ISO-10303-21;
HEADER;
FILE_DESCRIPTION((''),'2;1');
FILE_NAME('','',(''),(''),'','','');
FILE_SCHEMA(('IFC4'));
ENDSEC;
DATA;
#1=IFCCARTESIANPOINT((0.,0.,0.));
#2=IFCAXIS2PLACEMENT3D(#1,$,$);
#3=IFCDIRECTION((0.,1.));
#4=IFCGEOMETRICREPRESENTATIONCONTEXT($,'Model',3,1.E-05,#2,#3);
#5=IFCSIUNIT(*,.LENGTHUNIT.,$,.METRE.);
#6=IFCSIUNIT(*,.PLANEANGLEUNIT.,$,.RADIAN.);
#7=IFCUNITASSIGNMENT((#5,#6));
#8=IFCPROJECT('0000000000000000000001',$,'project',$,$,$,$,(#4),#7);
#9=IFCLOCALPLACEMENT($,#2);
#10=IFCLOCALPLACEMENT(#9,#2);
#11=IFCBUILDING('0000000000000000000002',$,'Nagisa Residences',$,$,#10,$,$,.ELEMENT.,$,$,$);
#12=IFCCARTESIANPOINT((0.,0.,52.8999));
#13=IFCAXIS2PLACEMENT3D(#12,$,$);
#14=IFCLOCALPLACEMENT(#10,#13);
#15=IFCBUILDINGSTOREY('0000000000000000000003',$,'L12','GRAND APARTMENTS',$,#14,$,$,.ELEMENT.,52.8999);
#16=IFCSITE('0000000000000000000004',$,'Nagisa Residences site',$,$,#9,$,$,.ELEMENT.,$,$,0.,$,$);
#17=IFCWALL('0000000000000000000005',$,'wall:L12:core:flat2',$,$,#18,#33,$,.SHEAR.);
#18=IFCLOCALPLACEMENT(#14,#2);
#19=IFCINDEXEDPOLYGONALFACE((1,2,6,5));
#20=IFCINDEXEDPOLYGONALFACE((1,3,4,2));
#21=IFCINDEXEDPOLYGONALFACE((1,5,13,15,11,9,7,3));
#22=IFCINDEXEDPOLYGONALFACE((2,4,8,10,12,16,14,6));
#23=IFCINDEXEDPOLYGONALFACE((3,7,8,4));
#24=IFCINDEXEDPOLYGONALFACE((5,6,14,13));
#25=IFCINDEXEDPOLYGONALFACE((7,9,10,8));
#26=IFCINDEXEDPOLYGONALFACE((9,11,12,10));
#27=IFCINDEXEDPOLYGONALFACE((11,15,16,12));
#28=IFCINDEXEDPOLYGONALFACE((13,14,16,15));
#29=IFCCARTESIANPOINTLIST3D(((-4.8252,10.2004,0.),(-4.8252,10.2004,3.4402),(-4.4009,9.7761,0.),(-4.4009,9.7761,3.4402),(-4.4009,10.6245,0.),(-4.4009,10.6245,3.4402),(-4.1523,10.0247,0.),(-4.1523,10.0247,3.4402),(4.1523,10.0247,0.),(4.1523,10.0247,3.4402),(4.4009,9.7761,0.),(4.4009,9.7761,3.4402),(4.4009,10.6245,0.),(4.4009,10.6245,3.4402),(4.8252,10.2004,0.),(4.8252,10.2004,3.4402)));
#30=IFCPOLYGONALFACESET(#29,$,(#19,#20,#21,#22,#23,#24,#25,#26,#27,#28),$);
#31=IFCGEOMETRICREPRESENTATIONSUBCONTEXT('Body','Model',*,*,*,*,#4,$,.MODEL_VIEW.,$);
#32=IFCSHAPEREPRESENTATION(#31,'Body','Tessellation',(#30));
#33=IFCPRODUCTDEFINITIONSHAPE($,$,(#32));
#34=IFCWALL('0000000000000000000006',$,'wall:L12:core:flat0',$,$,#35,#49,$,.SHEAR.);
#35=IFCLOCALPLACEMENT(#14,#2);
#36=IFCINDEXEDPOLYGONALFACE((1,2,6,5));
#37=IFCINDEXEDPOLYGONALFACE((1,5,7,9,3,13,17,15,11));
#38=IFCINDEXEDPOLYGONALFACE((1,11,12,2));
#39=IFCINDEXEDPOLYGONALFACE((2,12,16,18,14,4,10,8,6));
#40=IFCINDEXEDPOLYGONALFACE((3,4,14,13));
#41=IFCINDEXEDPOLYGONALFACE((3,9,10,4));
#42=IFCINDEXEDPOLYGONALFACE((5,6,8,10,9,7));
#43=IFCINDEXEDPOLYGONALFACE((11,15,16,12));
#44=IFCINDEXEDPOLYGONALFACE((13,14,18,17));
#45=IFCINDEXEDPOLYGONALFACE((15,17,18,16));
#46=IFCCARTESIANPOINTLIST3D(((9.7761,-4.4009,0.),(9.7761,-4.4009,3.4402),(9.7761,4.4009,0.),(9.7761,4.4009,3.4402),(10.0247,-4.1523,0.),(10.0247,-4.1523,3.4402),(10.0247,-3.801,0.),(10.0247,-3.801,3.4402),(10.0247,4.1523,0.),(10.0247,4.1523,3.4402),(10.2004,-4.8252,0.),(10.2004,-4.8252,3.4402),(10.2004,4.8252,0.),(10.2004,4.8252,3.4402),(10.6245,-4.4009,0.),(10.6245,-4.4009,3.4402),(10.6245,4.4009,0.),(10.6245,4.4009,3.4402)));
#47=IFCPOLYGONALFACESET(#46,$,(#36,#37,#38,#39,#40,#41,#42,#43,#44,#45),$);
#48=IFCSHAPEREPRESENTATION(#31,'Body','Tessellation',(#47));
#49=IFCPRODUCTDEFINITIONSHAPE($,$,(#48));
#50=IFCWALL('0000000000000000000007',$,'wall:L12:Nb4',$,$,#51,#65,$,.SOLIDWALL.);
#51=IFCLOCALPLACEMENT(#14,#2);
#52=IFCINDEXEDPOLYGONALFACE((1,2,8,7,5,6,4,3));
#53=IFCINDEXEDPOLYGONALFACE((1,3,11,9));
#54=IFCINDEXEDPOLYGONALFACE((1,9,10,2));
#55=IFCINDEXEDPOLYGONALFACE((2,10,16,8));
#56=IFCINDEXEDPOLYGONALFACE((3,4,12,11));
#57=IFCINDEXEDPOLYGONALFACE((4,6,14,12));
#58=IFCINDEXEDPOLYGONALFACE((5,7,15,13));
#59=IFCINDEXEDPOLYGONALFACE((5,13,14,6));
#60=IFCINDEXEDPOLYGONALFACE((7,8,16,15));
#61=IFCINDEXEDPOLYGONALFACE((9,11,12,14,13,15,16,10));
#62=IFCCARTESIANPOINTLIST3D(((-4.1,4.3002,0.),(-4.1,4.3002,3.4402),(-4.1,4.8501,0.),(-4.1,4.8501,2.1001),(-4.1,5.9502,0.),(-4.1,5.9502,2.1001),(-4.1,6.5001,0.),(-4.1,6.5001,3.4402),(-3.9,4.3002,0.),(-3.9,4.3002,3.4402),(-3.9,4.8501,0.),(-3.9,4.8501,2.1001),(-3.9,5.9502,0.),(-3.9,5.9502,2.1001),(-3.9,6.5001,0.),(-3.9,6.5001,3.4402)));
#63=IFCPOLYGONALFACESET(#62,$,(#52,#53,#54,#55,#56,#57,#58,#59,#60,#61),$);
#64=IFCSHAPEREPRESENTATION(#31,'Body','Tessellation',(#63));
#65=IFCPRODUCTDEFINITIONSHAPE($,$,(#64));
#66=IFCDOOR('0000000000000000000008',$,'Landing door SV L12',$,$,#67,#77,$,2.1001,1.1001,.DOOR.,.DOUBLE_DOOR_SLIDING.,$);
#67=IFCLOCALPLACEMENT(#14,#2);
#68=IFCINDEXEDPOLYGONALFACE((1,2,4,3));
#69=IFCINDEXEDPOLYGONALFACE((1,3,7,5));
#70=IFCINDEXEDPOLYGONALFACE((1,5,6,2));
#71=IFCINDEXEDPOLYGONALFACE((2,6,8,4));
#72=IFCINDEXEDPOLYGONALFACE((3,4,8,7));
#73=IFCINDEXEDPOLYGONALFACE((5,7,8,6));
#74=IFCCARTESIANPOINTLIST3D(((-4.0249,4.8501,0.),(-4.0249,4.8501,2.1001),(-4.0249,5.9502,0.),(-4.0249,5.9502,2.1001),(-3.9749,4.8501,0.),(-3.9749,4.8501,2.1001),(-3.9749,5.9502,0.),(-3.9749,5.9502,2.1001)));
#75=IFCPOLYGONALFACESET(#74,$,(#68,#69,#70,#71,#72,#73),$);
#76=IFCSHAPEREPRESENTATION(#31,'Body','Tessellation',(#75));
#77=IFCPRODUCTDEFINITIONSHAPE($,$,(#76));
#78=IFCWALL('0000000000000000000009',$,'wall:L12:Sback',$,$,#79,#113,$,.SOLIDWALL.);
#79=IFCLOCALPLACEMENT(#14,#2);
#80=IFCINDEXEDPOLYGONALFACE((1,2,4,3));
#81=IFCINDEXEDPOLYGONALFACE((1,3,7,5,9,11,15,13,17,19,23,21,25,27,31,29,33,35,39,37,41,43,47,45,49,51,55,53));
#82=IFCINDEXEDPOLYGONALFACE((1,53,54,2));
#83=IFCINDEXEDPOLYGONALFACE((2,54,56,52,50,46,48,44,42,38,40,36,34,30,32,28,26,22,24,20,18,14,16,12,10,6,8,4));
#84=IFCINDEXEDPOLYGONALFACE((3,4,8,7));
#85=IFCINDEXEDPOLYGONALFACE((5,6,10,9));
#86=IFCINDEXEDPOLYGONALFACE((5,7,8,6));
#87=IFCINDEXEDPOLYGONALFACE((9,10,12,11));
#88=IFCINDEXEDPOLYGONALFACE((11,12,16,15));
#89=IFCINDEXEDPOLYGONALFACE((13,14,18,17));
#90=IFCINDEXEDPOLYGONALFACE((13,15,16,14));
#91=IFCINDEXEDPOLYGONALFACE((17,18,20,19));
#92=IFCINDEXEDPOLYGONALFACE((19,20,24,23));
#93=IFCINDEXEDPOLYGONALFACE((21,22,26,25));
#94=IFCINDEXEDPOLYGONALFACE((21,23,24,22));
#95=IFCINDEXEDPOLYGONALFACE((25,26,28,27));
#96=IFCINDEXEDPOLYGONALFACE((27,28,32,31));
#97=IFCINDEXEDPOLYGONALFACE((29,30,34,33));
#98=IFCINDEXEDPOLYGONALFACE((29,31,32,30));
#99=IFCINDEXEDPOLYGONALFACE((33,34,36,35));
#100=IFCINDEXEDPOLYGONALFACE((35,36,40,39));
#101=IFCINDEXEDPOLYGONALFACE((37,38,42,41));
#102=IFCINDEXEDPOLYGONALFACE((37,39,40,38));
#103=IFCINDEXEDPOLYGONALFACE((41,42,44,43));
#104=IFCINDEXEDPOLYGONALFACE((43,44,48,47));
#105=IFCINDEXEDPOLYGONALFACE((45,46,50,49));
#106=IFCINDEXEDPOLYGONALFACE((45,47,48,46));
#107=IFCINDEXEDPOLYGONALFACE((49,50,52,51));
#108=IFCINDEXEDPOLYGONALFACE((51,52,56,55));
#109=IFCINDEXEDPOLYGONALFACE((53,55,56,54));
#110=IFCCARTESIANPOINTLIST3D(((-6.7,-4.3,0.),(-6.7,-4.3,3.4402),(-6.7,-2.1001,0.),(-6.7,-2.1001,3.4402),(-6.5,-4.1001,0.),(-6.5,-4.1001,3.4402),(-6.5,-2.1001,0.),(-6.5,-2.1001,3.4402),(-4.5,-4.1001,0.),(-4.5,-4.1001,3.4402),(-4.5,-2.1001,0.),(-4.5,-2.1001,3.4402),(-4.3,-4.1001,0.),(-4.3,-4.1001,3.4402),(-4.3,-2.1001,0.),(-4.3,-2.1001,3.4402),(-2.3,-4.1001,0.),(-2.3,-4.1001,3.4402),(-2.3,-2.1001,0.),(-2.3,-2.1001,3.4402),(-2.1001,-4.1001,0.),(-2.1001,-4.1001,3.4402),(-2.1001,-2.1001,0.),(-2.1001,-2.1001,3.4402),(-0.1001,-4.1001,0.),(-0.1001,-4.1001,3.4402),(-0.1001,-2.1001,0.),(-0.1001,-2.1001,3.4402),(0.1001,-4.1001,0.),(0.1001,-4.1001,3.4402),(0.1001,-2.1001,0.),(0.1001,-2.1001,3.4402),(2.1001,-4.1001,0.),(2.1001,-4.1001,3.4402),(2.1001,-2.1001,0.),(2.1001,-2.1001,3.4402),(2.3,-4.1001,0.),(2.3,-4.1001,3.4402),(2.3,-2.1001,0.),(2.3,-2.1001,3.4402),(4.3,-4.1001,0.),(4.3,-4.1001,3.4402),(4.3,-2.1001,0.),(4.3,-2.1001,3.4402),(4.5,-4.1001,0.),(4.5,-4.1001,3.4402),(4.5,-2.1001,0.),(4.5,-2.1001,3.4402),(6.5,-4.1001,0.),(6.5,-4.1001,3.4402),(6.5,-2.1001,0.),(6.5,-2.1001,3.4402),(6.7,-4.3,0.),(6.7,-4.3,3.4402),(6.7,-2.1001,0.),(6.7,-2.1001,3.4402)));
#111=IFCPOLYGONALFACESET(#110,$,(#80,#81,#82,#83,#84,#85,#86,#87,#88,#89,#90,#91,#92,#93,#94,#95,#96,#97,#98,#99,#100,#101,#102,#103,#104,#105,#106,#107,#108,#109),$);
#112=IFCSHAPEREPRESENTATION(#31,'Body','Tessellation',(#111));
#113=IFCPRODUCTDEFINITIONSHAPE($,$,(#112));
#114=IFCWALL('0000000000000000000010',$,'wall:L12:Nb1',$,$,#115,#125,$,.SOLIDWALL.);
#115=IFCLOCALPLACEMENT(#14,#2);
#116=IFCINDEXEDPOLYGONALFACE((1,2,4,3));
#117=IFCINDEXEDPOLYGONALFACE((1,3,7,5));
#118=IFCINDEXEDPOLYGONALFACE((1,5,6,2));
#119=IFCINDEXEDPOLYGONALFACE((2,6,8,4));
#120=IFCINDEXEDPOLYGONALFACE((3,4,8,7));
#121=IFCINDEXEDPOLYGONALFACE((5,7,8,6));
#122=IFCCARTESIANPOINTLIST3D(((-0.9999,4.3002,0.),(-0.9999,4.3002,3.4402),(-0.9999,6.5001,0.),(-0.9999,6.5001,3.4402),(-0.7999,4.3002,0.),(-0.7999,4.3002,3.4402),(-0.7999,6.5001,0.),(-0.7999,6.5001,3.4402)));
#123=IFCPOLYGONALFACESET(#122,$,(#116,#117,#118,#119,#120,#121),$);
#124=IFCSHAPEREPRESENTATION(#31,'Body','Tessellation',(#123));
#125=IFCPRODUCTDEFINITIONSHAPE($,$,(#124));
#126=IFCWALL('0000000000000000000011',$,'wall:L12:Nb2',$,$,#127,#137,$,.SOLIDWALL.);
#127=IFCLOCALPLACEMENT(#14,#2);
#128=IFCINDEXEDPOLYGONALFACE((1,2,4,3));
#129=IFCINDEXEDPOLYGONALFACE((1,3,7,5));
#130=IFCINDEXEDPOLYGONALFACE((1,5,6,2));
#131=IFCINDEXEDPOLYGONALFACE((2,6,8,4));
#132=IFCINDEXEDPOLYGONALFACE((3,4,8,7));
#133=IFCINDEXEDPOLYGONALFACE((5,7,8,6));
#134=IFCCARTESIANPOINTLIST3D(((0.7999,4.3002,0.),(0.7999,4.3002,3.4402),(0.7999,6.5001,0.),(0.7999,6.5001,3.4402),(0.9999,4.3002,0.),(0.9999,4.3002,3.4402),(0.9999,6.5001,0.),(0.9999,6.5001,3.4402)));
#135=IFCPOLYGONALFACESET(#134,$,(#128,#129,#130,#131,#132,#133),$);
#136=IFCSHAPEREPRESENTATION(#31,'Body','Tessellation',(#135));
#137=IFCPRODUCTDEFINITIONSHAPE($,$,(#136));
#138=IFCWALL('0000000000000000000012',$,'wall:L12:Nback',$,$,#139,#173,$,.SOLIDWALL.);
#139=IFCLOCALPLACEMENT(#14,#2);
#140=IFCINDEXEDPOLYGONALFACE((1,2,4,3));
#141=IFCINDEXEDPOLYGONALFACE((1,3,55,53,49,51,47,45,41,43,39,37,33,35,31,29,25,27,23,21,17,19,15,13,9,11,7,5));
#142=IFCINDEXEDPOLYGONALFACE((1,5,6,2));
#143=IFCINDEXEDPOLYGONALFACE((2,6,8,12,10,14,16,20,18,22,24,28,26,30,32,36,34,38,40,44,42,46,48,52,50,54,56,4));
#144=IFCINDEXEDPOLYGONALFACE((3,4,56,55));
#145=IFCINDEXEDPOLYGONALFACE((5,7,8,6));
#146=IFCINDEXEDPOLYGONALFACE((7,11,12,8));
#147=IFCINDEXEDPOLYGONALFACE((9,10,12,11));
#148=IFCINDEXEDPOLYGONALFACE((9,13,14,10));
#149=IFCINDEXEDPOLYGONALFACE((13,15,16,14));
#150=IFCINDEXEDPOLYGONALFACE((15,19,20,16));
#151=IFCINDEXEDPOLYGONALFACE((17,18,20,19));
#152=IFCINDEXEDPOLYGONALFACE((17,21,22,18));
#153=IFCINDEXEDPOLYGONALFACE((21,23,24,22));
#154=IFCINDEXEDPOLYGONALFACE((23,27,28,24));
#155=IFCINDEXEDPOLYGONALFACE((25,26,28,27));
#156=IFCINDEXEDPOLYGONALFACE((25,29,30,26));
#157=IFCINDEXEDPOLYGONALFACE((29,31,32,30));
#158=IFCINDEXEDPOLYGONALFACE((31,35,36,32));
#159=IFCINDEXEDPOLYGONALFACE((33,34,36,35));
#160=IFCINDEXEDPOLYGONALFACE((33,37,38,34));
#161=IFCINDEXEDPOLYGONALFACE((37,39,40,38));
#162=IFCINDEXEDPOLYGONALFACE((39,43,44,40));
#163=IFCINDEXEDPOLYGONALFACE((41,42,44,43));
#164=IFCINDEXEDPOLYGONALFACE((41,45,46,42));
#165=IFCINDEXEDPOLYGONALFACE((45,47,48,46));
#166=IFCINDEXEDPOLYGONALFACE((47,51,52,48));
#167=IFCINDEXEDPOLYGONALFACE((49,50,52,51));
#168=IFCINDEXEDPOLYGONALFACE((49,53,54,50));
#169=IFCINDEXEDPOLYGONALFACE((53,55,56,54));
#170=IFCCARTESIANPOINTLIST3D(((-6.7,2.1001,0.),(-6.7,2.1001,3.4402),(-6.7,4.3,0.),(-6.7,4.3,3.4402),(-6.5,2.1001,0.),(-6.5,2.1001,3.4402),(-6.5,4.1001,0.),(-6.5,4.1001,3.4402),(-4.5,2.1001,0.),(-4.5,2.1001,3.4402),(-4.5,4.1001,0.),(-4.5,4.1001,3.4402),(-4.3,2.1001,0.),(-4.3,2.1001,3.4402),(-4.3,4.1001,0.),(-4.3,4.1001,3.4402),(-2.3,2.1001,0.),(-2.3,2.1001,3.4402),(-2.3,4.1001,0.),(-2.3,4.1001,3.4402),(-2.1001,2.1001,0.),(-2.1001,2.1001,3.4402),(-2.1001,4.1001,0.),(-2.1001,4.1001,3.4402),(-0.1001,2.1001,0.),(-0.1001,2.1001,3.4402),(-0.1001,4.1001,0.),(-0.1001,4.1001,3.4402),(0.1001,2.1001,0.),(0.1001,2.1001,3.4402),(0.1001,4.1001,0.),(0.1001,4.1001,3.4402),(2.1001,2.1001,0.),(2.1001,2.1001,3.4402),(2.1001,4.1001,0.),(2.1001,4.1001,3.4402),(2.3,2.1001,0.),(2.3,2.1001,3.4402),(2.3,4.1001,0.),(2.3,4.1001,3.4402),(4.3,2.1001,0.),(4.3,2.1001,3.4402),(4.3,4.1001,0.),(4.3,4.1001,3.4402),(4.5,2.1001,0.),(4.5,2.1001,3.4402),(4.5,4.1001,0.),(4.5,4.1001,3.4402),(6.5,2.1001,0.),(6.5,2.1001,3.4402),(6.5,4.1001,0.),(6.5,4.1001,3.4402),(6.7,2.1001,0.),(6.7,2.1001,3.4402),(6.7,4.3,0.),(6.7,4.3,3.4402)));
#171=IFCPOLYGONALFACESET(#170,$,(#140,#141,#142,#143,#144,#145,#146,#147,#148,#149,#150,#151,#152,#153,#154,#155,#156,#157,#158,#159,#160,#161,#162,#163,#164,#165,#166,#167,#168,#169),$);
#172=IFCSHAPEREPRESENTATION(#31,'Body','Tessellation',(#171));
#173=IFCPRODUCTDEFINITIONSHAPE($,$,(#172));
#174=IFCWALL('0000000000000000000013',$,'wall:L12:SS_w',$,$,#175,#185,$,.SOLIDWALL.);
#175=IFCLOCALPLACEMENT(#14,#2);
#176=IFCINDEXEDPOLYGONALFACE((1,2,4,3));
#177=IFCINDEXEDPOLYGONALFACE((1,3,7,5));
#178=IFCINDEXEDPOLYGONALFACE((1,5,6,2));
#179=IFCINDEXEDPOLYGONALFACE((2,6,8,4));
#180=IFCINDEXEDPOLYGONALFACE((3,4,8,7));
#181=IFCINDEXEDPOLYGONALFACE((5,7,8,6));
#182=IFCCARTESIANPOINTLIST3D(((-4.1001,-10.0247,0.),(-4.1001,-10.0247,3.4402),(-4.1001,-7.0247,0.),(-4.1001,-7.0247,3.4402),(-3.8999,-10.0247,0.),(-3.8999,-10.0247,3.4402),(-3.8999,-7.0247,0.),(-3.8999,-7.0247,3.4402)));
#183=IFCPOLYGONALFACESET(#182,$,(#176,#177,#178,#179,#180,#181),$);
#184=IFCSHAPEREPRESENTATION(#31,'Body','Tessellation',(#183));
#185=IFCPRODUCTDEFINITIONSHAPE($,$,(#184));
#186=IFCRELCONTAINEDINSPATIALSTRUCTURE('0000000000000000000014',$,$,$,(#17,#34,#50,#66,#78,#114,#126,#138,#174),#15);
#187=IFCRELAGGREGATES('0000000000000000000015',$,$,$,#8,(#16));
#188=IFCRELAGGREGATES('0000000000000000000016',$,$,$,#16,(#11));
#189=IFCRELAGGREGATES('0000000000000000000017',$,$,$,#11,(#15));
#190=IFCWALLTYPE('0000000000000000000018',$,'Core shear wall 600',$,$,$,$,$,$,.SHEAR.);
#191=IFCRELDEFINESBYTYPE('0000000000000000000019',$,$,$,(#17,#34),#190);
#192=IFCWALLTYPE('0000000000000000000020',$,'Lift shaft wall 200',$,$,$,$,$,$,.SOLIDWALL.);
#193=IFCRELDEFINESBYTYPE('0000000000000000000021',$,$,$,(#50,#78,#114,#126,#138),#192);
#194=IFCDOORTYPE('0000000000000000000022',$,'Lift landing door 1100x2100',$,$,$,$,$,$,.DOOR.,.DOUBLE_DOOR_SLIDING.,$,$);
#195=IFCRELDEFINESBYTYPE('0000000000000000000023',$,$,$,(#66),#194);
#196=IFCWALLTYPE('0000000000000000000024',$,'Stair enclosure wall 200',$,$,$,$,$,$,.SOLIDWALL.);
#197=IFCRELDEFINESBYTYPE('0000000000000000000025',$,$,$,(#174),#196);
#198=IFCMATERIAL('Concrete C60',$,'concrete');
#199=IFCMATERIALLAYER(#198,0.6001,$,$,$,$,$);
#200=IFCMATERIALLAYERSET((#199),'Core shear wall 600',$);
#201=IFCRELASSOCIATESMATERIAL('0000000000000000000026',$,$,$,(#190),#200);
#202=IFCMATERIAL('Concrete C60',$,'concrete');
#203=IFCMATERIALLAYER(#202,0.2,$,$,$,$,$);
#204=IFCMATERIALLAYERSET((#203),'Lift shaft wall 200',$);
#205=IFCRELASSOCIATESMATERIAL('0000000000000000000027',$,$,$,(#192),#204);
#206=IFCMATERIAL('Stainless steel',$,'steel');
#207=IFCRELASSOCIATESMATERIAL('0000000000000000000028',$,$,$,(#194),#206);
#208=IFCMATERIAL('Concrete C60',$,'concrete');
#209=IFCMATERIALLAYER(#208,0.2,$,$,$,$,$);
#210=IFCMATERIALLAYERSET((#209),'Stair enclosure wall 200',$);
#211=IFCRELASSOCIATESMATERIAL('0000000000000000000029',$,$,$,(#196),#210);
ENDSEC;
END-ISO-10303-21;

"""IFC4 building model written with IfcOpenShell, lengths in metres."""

from ifc_helpers import new_model, si_unit, direction, frame, frame_2d, origin, place, context, subcontext, project, spatial, polyline, rectangle, outline, extrude, material, layer, layer_set, type_object, element, fill, save


model = new_model("IFC4")

# Units and contexts
model_context = context("Model", 3, precision=1e-05, world=origin(), true_north=direction((0.0, 1.0)))
body_context = subcontext(model_context, "Body", "Model", "MODEL_VIEW")
ifc_project = project(units=[si_unit("LENGTHUNIT", "METRE"), si_unit("PLANEANGLEUNIT", "RADIAN")], contexts=[model_context])

# Site, building, storey
site_placement = place(None, origin())
site = spatial("IfcSite", under=ifc_project, at=site_placement, Name="Nagisa Residences site", CompositionType="ELEMENT", RefElevation=0.0)
building_placement = place(site_placement, origin())
building = spatial("IfcBuilding", under=site, at=building_placement, Name="Nagisa Residences", CompositionType="ELEMENT")
storey_placement = place(building_placement, frame((0.0, 0.0, 52.8999)))
storey = spatial("IfcBuildingStorey", under=building, at=storey_placement, Name="L12", Description="GRAND APARTMENTS", CompositionType="ELEMENT", Elevation=52.8999)

# Shared definitions
ifc_material_1 = material(Name="Concrete C60", Category="concrete")
ifc_layer_1 = layer(ifc_material_1, 0.6001)
ifc_layer_set_1 = layer_set([ifc_layer_1], Name="Core shear wall 600")
wall_type_1 = type_object("IfcWallType", Name="Core shear wall 600", PredefinedType="SHEAR", material=ifc_layer_set_1)

# Walls
wall_1_placement = place(storey_placement, origin())
element("IfcWall", 1, at=wall_1_placement, inside=storey, type_object=wall_type_1, Name="wall:L12:core:flat2", PredefinedType="SHEAR", context=body_context, shape_type="SweptSolid", body=[
    extrude(outline(polyline([(-4.1523, 10.0247), (-4.4009, 9.7761), (-4.8252, 10.2004), (-4.4009, 10.6245), (4.4009, 10.6245), (4.8252, 10.2004), (4.4009, 9.7761), (4.1523, 10.0247), (-4.1523, 10.0247)])), origin(), (0.0, 0.0, 1.0), 3.4402),
])
wall_2_placement = place(storey_placement, origin())
element("IfcWall", 2, at=wall_2_placement, inside=storey, type_object=wall_type_1, Name="wall:L12:core:flat0", PredefinedType="SHEAR", context=body_context, shape_type="SweptSolid", body=[
    extrude(outline(polyline([(9.7761, -4.4009), (10.0247, -4.1523), (10.0247, -3.801), (10.0247, 4.1523), (9.7761, 4.4009), (10.2004, 4.8252), (10.6245, 4.4009), (10.6245, -4.4009), (10.2004, -4.8252), (9.7761, -4.4009)])), origin(), (0.0, 0.0, 1.0), 3.4402),
])

# Wall, opening, door
ifc_material_2 = material(Name="Concrete C60", Category="concrete")
ifc_layer_2 = layer(ifc_material_2, 0.2)
ifc_layer_set_2 = layer_set([ifc_layer_2], Name="Lift shaft wall 200")
wall_type_2 = type_object("IfcWallType", Name="Lift shaft wall 200", PredefinedType="SOLIDWALL", material=ifc_layer_set_2)
wall_3_placement = place(storey_placement, frame((-4.0, 4.3, 0.0), z_axis=(0.0, 0.0, 1.0), x_axis=(0.0, 1.0, 0.0)))
wall_3 = element("IfcWall", 3, at=wall_3_placement, inside=storey, type_object=wall_type_2, Name="wall:L12:Nb4", PredefinedType="SOLIDWALL", context=body_context, shape_type="SweptSolid", body=[
    extrude(rectangle(XDim=2.2, YDim=0.2, at=frame_2d((1.1001, 0.0))), origin(), (0.0, 0.0, 1.0), 3.4402),
])
opening_1_placement = place(wall_3_placement, frame((0.55, 0.0, 0.0)))
opening_1 = element("IfcOpeningElement", 4, at=opening_1_placement, cuts=wall_3, PredefinedType="OPENING", context=body_context, shape_type="SweptSolid", body=[
    extrude(rectangle(XDim=1.1001, YDim=2.1001, at=frame_2d((0.55, 1.05))), frame((0.0, 0.1099, 0.0), z_axis=(0.0, -1.0, 0.0), x_axis=(1.0, 0.0, 0.0)), (0.0, 0.0, 1.0), 0.22),
])
ifc_material_3 = material(Name="Stainless steel", Category="steel")
door_type_1 = type_object("IfcDoorType", Name="Lift landing door 1100x2100", OperationType="DOUBLE_DOOR_SLIDING", PredefinedType="DOOR", material=ifc_material_3)
door_1_placement = place(opening_1_placement, origin())
door_1 = element("IfcDoor", 5, at=door_1_placement, inside=storey, type_object=door_type_1, Name="Landing door SV L12", OperationType="DOUBLE_DOOR_SLIDING", OverallHeight=2.1001, OverallWidth=1.1001, PredefinedType="DOOR", context=body_context, shape_type="SweptSolid", body=[
    extrude(rectangle(XDim=1.1001, YDim=2.1001, at=frame_2d((0.55, 1.05))), frame((0.0, 0.0249, 0.0), z_axis=(0.0, -1.0, 0.0), x_axis=(1.0, 0.0, 0.0)), (0.0, 0.0, 1.0), 0.05),
])
fill(opening_1, door_1)

# Walls
wall_4_placement = place(storey_placement, origin())
element("IfcWall", 6, at=wall_4_placement, inside=storey, type_object=wall_type_2, Name="wall:L12:Sback", PredefinedType="SOLIDWALL", context=body_context, shape_type="SweptSolid", body=[
    extrude(outline(polyline([(-6.7, -2.1001), (-6.5, -2.1001), (-6.5, -4.1001), (-4.5, -4.1001), (-4.5, -2.1001), (-4.3, -2.1001), (-4.3, -4.1001), (-2.3, -4.1001), (-2.3, -2.1001), (-2.1001, -2.1001), (-2.1001, -4.1001), (-0.1001, -4.1001), (-0.1001, -2.1001), (0.1001, -2.1001), (0.1001, -4.1001), (2.1001, -4.1001), (2.1001, -2.1001), (2.3, -2.1001), (2.3, -4.1001), (4.3, -4.1001), (4.3, -2.1001), (4.5, -2.1001), (4.5, -4.1001), (6.5, -4.1001), (6.5, -2.1001), (6.7, -2.1001), (6.7, -4.3), (-6.7, -4.3), (-6.7, -2.1001)])), origin(), (0.0, 0.0, 1.0), 3.4402),
])
for number, where, z_axis, x_axis, name in (
    (7, (-0.8999, 4.3, 0.0), (0.0, 0.0, 1.0), (0.0, 1.0, 0.0), "wall:L12:Nb1"),
    (8, (0.8999, 4.3, 0.0), (0.0, 0.0, 1.0), (0.0, 1.0, 0.0), "wall:L12:Nb2"),
):
    element("IfcWall", number, at=place(storey_placement, frame(where, z_axis=z_axis, x_axis=x_axis)), inside=storey, type_object=wall_type_2, Name=name, PredefinedType="SOLIDWALL", context=body_context, shape_type="SweptSolid", body=[
        extrude(rectangle(XDim=2.2, YDim=0.2, at=frame_2d((1.1001, 0.0))), origin(), (0.0, 0.0, 1.0), 3.4402),
    ])
wall_5_placement = place(storey_placement, origin())
element("IfcWall", 9, at=wall_5_placement, inside=storey, type_object=wall_type_2, Name="wall:L12:Nback", PredefinedType="SOLIDWALL", context=body_context, shape_type="SweptSolid", body=[
    extrude(outline(polyline([(-6.5, 2.1001), (-6.7, 2.1001), (-6.7, 4.3), (6.7, 4.3), (6.7, 2.1001), (6.5, 2.1001), (6.5, 4.1001), (4.5, 4.1001), (4.5, 2.1001), (4.3, 2.1001), (4.3, 4.1001), (2.3, 4.1001), (2.3, 2.1001), (2.1001, 2.1001), (2.1001, 4.1001), (0.1001, 4.1001), (0.1001, 2.1001), (-0.1001, 2.1001), (-0.1001, 4.1001), (-2.1001, 4.1001), (-2.1001, 2.1001), (-2.3, 2.1001), (-2.3, 4.1001), (-4.3, 4.1001), (-4.3, 2.1001), (-4.5, 2.1001), (-4.5, 4.1001), (-6.5, 4.1001), (-6.5, 2.1001)])), origin(), (0.0, 0.0, 1.0), 3.4402),
])
ifc_material_4 = material(Name="Concrete C60", Category="concrete")
ifc_layer_3 = layer(ifc_material_4, 0.2)
ifc_layer_set_3 = layer_set([ifc_layer_3], Name="Stair enclosure wall 200")
wall_type_3 = type_object("IfcWallType", Name="Stair enclosure wall 200", PredefinedType="SOLIDWALL", material=ifc_layer_set_3)
wall_6_placement = place(storey_placement, origin())
element("IfcWall", 10, at=wall_6_placement, inside=storey, type_object=wall_type_3, Name="wall:L12:SS_w", PredefinedType="SOLIDWALL", context=body_context, shape_type="SweptSolid", body=[
    extrude(outline(polyline([(-3.8999, -10.0247), (-4.1001, -10.0247), (-4.1001, -7.0247), (-3.8999, -7.0247), (-3.8999, -10.0247)])), origin(), (0.0, 0.0, 1.0), 3.4402),
])

save(model, "model.ifc")
